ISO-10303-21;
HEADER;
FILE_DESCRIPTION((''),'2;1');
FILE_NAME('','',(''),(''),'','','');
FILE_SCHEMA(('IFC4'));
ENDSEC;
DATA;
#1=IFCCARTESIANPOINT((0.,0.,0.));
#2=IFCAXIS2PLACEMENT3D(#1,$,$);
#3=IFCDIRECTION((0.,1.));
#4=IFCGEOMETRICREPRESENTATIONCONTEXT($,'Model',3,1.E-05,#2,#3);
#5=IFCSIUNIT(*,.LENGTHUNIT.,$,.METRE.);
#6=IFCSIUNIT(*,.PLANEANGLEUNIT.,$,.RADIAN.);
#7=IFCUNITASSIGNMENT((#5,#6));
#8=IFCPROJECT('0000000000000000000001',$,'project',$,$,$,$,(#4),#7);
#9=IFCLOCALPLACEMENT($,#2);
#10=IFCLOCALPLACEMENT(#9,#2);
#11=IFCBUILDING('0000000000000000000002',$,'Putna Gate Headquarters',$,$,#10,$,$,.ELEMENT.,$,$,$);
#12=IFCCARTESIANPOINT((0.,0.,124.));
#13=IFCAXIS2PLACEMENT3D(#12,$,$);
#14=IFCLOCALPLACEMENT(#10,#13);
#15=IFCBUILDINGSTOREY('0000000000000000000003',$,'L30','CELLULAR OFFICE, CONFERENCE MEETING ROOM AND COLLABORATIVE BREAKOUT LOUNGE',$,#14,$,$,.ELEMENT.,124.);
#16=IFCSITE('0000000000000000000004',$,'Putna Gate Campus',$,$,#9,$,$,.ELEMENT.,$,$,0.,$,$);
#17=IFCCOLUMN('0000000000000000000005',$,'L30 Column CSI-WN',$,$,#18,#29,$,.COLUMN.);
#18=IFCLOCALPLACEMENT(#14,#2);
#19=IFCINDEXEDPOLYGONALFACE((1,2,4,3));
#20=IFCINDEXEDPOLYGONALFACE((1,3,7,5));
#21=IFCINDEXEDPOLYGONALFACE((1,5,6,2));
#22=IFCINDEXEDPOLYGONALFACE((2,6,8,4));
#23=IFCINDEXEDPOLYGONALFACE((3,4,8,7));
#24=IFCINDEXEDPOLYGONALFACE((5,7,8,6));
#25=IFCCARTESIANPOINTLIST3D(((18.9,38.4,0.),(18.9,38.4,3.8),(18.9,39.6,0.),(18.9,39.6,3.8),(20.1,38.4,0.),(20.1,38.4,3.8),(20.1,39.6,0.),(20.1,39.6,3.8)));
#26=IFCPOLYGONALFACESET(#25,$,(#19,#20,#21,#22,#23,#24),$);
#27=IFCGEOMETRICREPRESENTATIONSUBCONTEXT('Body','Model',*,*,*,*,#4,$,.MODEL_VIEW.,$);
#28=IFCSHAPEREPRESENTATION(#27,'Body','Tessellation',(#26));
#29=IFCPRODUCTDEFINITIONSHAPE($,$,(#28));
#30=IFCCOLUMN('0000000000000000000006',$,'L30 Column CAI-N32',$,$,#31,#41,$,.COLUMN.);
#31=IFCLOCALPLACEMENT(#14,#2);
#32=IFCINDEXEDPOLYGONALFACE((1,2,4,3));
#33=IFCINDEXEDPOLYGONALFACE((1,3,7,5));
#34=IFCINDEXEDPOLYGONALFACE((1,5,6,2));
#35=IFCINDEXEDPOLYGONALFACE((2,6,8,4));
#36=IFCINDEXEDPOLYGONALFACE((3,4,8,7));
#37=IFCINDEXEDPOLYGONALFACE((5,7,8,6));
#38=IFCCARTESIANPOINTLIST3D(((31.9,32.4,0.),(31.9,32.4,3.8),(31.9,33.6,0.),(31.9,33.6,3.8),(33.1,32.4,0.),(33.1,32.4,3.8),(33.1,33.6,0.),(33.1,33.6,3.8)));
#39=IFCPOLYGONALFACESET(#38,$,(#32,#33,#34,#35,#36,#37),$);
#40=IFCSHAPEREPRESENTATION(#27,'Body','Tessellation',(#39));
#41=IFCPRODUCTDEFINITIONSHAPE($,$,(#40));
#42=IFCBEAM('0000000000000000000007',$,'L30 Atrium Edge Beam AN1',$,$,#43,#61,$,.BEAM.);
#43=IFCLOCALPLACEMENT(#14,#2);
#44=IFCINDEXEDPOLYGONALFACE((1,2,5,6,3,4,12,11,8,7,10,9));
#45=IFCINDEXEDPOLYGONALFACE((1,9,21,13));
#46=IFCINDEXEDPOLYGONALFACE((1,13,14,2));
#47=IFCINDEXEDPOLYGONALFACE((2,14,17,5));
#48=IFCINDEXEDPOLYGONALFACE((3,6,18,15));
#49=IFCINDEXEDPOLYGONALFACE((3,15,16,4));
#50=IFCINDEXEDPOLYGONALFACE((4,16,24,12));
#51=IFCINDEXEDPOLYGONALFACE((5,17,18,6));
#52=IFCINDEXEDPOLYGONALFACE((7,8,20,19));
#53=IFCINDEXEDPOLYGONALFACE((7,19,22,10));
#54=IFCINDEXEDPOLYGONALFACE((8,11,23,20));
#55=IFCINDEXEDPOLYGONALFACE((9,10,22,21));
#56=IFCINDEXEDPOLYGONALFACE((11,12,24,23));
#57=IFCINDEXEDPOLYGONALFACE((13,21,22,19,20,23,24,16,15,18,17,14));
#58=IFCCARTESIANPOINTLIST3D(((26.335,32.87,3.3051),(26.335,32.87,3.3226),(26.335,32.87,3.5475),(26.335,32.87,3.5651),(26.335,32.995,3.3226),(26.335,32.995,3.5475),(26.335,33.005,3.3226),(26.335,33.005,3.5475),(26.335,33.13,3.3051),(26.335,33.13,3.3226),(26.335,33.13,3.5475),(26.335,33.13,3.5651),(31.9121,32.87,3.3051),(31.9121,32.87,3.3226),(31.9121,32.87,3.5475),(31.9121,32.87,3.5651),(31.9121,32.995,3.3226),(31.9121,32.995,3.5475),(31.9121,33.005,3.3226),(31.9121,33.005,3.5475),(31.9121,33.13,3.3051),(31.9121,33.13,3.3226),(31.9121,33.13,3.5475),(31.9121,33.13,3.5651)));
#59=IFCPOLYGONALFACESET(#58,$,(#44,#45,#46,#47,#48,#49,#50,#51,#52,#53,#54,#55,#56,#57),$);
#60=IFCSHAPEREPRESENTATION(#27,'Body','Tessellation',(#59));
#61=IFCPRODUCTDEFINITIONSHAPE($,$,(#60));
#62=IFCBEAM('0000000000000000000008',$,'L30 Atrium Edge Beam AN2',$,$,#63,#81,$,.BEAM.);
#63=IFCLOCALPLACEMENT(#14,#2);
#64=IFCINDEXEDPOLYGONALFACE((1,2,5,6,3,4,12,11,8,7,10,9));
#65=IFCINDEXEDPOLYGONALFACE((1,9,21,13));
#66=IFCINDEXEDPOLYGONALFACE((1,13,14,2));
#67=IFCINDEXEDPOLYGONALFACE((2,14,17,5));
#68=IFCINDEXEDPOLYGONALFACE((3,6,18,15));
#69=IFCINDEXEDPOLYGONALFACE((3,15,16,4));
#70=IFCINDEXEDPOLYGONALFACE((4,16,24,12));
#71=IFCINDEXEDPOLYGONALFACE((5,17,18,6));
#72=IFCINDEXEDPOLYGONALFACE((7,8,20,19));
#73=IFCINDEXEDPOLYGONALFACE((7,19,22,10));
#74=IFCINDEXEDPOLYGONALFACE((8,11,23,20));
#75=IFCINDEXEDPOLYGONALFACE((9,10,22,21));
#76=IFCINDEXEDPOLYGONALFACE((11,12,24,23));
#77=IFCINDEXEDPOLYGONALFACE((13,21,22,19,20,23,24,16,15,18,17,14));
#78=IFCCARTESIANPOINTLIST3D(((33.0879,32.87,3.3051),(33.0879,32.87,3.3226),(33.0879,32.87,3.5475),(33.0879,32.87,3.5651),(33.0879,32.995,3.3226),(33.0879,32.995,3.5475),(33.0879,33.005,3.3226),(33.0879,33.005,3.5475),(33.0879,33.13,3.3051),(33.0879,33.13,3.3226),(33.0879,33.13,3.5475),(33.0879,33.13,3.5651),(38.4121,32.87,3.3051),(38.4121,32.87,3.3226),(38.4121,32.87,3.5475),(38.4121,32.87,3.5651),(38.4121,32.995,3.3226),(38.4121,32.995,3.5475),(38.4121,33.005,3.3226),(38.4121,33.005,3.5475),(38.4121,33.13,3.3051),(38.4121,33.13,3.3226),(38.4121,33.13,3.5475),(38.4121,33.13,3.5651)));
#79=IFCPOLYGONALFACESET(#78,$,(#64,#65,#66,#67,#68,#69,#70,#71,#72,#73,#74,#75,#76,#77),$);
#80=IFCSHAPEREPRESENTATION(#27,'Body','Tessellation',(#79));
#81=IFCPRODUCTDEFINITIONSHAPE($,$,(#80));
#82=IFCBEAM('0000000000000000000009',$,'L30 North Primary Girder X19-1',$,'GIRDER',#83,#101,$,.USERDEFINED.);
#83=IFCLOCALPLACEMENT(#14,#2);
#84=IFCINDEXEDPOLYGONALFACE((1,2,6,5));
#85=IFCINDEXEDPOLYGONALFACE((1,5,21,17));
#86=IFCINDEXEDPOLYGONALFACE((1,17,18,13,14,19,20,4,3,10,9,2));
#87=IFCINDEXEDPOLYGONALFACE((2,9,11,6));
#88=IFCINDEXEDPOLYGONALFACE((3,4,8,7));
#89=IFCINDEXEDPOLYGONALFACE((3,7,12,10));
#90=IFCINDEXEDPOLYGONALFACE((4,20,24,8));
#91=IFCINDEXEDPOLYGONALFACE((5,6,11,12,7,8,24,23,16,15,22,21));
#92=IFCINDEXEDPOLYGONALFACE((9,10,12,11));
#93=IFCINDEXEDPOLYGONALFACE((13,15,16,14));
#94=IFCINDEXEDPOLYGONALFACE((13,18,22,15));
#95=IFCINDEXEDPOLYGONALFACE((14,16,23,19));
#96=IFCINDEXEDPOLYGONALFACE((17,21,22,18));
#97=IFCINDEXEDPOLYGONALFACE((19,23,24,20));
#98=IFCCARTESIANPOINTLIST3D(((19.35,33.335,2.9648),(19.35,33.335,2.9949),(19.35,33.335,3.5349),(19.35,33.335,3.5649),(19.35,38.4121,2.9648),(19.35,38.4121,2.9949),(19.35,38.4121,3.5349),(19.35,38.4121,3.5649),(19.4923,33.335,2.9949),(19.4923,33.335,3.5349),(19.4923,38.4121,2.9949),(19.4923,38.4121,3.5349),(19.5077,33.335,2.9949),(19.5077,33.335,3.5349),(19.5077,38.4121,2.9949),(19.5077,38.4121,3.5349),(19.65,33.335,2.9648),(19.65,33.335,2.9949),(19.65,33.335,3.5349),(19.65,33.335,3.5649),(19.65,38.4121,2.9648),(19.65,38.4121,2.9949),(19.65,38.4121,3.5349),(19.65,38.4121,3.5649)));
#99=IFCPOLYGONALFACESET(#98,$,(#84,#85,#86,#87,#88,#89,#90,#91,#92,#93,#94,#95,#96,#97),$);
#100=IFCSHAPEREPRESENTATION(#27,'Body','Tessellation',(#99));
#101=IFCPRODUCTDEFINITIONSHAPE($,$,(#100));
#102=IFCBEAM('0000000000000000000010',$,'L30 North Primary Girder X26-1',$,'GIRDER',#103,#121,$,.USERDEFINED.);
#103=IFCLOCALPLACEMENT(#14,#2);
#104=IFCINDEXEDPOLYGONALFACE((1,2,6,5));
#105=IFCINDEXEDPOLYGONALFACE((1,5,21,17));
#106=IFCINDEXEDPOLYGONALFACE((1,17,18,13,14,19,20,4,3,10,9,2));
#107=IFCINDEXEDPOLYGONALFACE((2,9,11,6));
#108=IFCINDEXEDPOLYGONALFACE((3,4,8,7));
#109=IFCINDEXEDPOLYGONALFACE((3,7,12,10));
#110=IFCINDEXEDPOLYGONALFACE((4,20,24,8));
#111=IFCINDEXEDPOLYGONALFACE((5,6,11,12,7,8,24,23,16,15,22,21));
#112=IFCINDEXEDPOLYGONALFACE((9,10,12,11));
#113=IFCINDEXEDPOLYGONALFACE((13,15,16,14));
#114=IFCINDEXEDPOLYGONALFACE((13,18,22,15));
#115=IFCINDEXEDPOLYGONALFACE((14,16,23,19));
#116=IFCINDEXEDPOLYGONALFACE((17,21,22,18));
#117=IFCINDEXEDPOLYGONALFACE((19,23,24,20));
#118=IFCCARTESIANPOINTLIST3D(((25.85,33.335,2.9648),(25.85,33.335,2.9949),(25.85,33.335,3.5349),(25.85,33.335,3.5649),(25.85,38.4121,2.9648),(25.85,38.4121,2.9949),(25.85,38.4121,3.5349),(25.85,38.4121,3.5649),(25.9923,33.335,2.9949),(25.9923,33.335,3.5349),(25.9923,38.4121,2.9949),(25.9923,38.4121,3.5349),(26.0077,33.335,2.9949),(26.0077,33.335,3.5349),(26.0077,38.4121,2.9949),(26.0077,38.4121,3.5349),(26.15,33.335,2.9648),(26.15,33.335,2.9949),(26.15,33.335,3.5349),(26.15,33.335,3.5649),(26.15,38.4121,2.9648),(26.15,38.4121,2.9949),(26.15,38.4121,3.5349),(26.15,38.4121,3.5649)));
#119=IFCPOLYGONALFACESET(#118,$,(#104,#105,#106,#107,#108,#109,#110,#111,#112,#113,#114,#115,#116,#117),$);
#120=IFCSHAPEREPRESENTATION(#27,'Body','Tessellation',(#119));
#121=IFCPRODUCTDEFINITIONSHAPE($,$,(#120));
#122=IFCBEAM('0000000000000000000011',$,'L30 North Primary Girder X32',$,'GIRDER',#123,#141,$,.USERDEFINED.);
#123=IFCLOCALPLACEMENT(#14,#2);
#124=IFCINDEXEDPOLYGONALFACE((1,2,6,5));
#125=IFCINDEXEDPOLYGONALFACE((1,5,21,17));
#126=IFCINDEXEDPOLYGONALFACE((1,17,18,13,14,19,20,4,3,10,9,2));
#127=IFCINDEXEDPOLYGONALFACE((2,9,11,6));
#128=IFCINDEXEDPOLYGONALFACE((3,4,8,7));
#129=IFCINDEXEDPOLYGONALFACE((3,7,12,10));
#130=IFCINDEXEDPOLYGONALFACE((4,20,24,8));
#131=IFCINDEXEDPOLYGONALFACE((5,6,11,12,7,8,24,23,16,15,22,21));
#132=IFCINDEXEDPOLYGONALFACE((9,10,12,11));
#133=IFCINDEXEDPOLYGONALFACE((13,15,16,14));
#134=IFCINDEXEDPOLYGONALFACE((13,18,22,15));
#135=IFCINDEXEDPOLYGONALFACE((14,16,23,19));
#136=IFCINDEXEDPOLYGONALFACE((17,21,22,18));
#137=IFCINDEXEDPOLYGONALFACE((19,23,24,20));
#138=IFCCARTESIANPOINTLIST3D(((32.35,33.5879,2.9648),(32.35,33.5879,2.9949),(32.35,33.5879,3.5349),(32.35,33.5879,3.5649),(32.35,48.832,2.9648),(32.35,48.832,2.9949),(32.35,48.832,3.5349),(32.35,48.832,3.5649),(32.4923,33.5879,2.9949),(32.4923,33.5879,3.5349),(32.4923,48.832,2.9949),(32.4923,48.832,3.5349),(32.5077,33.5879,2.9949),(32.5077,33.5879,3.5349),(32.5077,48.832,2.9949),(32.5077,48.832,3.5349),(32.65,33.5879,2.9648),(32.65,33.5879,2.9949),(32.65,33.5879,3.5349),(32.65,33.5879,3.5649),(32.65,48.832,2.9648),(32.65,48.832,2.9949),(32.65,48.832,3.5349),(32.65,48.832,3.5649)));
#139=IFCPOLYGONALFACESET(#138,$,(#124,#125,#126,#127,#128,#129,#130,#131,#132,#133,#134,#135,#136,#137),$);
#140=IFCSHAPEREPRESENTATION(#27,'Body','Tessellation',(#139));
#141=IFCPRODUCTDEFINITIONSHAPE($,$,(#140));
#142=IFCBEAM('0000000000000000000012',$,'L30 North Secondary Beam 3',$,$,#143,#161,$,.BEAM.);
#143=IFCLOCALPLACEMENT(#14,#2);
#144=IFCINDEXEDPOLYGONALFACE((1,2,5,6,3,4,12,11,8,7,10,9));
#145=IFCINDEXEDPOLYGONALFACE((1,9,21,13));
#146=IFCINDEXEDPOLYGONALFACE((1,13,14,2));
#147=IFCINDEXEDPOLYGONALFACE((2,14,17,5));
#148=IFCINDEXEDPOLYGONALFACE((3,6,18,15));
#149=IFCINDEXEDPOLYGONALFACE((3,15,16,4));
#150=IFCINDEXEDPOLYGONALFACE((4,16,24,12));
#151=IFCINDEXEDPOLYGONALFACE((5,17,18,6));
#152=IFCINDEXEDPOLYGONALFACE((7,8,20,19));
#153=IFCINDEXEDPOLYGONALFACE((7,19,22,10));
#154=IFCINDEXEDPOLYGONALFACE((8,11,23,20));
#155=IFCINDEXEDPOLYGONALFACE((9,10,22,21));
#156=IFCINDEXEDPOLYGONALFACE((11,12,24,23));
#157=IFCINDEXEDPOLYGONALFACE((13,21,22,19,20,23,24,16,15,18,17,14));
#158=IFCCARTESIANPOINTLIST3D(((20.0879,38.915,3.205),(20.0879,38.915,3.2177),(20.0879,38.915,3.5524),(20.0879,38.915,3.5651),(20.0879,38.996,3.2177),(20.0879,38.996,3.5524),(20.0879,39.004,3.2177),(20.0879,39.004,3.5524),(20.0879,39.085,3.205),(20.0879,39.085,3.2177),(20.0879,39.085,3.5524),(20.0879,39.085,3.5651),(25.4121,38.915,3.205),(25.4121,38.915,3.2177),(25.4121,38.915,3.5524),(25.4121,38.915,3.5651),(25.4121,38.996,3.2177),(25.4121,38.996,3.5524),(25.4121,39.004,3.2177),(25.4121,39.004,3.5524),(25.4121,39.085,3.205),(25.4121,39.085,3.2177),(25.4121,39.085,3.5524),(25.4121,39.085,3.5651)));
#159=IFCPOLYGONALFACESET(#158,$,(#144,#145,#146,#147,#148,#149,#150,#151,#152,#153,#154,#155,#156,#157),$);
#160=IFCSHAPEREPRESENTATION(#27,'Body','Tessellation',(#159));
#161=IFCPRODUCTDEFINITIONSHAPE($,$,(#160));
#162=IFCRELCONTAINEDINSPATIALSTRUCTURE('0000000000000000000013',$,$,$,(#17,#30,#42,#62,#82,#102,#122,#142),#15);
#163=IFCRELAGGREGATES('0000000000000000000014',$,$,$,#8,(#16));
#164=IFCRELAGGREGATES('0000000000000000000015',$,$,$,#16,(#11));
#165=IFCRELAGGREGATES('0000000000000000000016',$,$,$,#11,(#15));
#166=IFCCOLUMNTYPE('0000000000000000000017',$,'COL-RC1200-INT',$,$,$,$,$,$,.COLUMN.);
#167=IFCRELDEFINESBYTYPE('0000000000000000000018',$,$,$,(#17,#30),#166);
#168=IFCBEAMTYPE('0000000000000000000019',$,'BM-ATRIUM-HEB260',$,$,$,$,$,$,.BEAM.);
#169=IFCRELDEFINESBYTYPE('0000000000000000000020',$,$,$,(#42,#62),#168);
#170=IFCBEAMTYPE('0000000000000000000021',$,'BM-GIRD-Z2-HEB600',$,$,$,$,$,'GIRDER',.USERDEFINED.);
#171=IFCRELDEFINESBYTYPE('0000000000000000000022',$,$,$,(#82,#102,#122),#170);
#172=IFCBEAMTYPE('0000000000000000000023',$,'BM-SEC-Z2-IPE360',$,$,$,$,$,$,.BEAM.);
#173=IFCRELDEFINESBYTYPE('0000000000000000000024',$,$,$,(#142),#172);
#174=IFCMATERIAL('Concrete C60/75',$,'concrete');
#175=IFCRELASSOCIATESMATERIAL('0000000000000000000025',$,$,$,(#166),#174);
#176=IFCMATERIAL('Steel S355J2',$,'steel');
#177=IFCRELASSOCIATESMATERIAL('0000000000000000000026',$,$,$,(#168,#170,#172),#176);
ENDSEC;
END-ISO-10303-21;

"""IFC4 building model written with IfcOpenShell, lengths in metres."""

from ifc_helpers import new_model, si_unit, direction, frame, origin, origin_2d, place, context, subcontext, project, spatial, rectangle, i_section, extrude, material, material_profile, profile_set, type_object, element, save


model = new_model("IFC4")

# Units and contexts
model_context = context("Model", 3, precision=1e-05, world=origin(), true_north=direction((0.0, 1.0)))
body_context = subcontext(model_context, "Body", "Model", "MODEL_VIEW")
ifc_project = project(units=[si_unit("LENGTHUNIT", "METRE"), si_unit("PLANEANGLEUNIT", "RADIAN")], contexts=[model_context])

# Site, building, storey
site_placement = place(None, origin())
site = spatial("IfcSite", under=ifc_project, at=site_placement, Name="Putna Gate Campus", CompositionType="ELEMENT", RefElevation=0.0)
building_placement = place(site_placement, origin())
building = spatial("IfcBuilding", under=site, at=building_placement, Name="Putna Gate Headquarters", CompositionType="ELEMENT")
storey_placement = place(building_placement, frame((0.0, 0.0, 124.0)))
storey = spatial("IfcBuildingStorey", under=building, at=storey_placement, Name="L30", Description="CELLULAR OFFICE, CONFERENCE MEETING ROOM AND COLLABORATIVE BREAKOUT LOUNGE", CompositionType="ELEMENT", Elevation=124.0)

# Columns
ifc_material_1 = material(Name="Concrete C60/75", Category="concrete")
ifc_material_profile_1 = material_profile(ifc_material_1, rectangle(XDim=1.2, YDim=1.2, at=origin_2d()), Name="Concrete C60/75")
ifc_profile_set_1 = profile_set([ifc_material_profile_1], Name="Concrete C60/75")
column_type = type_object("IfcColumnType", Name="COL-RC1200-INT", PredefinedType="COLUMN", material=ifc_profile_set_1)
for number, where, z_axis, x_axis, name in (
    (1, (19.5, 39.0, 0.0), (0.0, 0.0, 1.0), (1.0, 0.0, 0.0), "L30 Column CSI-WN"),
    (2, (32.5, 33.0, 0.0), (0.0, 0.0, 1.0), (1.0, 0.0, 0.0), "L30 Column CAI-N32"),
):
    element("IfcColumn", number, at=place(storey_placement, frame(where, z_axis=z_axis, x_axis=x_axis)), inside=storey, type_object=column_type, Name=name, PredefinedType="COLUMN", context=body_context, shape_type="SweptSolid", body=[
        extrude(rectangle(XDim=1.2, YDim=1.2, at=origin_2d()), origin(), (0.0, 0.0, 1.0), 3.8),
    ])

# Beams
ifc_material_2 = material(Name="Steel S355J2", Category="steel")
ifc_material_profile_2 = material_profile(ifc_material_2, i_section(OverallWidth=0.26, OverallDepth=0.26, WebThickness=0.01, FlangeThickness=0.0176, at=origin_2d()), Name="Steel S355J2")
ifc_profile_set_2 = profile_set([ifc_material_profile_2], Name="Steel S355J2")
beam_type_1 = type_object("IfcBeamType", Name="BM-ATRIUM-HEB260", PredefinedType="BEAM", material=ifc_profile_set_2)
beam_1_placement = place(storey_placement, frame((26.335, 33.0, 3.4351), z_axis=(1.0, 0.0, 0.0), x_axis=(0.0, 1.0, 0.0)))
element("IfcBeam", 3, at=beam_1_placement, inside=storey, type_object=beam_type_1, Name="L30 Atrium Edge Beam AN1", PredefinedType="BEAM", context=body_context, shape_type="SweptSolid", body=[
    extrude(i_section(OverallWidth=0.26, OverallDepth=0.26, WebThickness=0.01, FlangeThickness=0.0176, at=origin_2d()), origin(), (0.0, 0.0, 1.0), 5.5771),
])
beam_2_placement = place(storey_placement, frame((33.0879, 33.0, 3.4351), z_axis=(1.0, 0.0, 0.0), x_axis=(0.0, 1.0, 0.0)))
element("IfcBeam", 4, at=beam_2_placement, inside=storey, type_object=beam_type_1, Name="L30 Atrium Edge Beam AN2", PredefinedType="BEAM", context=body_context, shape_type="SweptSolid", body=[
    extrude(i_section(OverallWidth=0.26, OverallDepth=0.26, WebThickness=0.01, FlangeThickness=0.0176, at=origin_2d()), origin(), (0.0, 0.0, 1.0), 5.3242),
])
ifc_material_profile_3 = material_profile(ifc_material_2, i_section(OverallWidth=0.3, OverallDepth=0.6001, WebThickness=0.0154, FlangeThickness=0.03, at=origin_2d()), Name="Steel S355J2")
ifc_profile_set_3 = profile_set([ifc_material_profile_3], Name="Steel S355J2")
beam_type_2 = type_object("IfcBeamType", Name="BM-GIRD-Z2-HEB600", ElementType="GIRDER", PredefinedType="USERDEFINED", material=ifc_profile_set_3)
for number, where, z_axis, x_axis, name in (
    (5, (19.5, 33.335, 3.2649), (0.0, 1.0, 0.0), (-1.0, 0.0, 0.0), "L30 North Primary Girder X19-1"),
    (6, (26.0, 33.335, 3.2649), (0.0, 1.0, 0.0), (-1.0, 0.0, 0.0), "L30 North Primary Girder X26-1"),
):
    element("IfcBeam", number, at=place(storey_placement, frame(where, z_axis=z_axis, x_axis=x_axis)), inside=storey, type_object=beam_type_2, Name=name, ObjectType="GIRDER", PredefinedType="USERDEFINED", context=body_context, shape_type="SweptSolid", body=[
        extrude(i_section(OverallWidth=0.3, OverallDepth=0.6001, WebThickness=0.0154, FlangeThickness=0.03, at=origin_2d()), origin(), (0.0, 0.0, 1.0), 5.0771),
    ])
beam_3_placement = place(storey_placement, frame((32.5, 33.5879, 3.2649), z_axis=(0.0, 1.0, 0.0), x_axis=(-1.0, 0.0, 0.0)))
element("IfcBeam", 7, at=beam_3_placement, inside=storey, type_object=beam_type_2, Name="L30 North Primary Girder X32", ObjectType="GIRDER", PredefinedType="USERDEFINED", context=body_context, shape_type="SweptSolid", body=[
    extrude(i_section(OverallWidth=0.3, OverallDepth=0.6001, WebThickness=0.0154, FlangeThickness=0.03, at=origin_2d()), origin(), (0.0, 0.0, 1.0), 15.2441),
])
ifc_material_profile_4 = material_profile(ifc_material_2, i_section(OverallWidth=0.1699, OverallDepth=0.3601, WebThickness=0.0081, FlangeThickness=0.0127, at=origin_2d()), Name="Steel S355J2")
ifc_profile_set_4 = profile_set([ifc_material_profile_4], Name="Steel S355J2")
beam_type_3 = type_object("IfcBeamType", Name="BM-SEC-Z2-IPE360", PredefinedType="BEAM", material=ifc_profile_set_4)
beam_4_placement = place(storey_placement, frame((20.0879, 39.0, 3.385), z_axis=(1.0, 0.0, 0.0), x_axis=(0.0, 1.0, 0.0)))
element("IfcBeam", 8, at=beam_4_placement, inside=storey, type_object=beam_type_3, Name="L30 North Secondary Beam 3", PredefinedType="BEAM", context=body_context, shape_type="SweptSolid", body=[
    extrude(i_section(OverallWidth=0.1699, OverallDepth=0.3601, WebThickness=0.0081, FlangeThickness=0.0127, at=origin_2d()), origin(), (0.0, 0.0, 1.0), 5.3242),
])

save(model, "model.ifc")
